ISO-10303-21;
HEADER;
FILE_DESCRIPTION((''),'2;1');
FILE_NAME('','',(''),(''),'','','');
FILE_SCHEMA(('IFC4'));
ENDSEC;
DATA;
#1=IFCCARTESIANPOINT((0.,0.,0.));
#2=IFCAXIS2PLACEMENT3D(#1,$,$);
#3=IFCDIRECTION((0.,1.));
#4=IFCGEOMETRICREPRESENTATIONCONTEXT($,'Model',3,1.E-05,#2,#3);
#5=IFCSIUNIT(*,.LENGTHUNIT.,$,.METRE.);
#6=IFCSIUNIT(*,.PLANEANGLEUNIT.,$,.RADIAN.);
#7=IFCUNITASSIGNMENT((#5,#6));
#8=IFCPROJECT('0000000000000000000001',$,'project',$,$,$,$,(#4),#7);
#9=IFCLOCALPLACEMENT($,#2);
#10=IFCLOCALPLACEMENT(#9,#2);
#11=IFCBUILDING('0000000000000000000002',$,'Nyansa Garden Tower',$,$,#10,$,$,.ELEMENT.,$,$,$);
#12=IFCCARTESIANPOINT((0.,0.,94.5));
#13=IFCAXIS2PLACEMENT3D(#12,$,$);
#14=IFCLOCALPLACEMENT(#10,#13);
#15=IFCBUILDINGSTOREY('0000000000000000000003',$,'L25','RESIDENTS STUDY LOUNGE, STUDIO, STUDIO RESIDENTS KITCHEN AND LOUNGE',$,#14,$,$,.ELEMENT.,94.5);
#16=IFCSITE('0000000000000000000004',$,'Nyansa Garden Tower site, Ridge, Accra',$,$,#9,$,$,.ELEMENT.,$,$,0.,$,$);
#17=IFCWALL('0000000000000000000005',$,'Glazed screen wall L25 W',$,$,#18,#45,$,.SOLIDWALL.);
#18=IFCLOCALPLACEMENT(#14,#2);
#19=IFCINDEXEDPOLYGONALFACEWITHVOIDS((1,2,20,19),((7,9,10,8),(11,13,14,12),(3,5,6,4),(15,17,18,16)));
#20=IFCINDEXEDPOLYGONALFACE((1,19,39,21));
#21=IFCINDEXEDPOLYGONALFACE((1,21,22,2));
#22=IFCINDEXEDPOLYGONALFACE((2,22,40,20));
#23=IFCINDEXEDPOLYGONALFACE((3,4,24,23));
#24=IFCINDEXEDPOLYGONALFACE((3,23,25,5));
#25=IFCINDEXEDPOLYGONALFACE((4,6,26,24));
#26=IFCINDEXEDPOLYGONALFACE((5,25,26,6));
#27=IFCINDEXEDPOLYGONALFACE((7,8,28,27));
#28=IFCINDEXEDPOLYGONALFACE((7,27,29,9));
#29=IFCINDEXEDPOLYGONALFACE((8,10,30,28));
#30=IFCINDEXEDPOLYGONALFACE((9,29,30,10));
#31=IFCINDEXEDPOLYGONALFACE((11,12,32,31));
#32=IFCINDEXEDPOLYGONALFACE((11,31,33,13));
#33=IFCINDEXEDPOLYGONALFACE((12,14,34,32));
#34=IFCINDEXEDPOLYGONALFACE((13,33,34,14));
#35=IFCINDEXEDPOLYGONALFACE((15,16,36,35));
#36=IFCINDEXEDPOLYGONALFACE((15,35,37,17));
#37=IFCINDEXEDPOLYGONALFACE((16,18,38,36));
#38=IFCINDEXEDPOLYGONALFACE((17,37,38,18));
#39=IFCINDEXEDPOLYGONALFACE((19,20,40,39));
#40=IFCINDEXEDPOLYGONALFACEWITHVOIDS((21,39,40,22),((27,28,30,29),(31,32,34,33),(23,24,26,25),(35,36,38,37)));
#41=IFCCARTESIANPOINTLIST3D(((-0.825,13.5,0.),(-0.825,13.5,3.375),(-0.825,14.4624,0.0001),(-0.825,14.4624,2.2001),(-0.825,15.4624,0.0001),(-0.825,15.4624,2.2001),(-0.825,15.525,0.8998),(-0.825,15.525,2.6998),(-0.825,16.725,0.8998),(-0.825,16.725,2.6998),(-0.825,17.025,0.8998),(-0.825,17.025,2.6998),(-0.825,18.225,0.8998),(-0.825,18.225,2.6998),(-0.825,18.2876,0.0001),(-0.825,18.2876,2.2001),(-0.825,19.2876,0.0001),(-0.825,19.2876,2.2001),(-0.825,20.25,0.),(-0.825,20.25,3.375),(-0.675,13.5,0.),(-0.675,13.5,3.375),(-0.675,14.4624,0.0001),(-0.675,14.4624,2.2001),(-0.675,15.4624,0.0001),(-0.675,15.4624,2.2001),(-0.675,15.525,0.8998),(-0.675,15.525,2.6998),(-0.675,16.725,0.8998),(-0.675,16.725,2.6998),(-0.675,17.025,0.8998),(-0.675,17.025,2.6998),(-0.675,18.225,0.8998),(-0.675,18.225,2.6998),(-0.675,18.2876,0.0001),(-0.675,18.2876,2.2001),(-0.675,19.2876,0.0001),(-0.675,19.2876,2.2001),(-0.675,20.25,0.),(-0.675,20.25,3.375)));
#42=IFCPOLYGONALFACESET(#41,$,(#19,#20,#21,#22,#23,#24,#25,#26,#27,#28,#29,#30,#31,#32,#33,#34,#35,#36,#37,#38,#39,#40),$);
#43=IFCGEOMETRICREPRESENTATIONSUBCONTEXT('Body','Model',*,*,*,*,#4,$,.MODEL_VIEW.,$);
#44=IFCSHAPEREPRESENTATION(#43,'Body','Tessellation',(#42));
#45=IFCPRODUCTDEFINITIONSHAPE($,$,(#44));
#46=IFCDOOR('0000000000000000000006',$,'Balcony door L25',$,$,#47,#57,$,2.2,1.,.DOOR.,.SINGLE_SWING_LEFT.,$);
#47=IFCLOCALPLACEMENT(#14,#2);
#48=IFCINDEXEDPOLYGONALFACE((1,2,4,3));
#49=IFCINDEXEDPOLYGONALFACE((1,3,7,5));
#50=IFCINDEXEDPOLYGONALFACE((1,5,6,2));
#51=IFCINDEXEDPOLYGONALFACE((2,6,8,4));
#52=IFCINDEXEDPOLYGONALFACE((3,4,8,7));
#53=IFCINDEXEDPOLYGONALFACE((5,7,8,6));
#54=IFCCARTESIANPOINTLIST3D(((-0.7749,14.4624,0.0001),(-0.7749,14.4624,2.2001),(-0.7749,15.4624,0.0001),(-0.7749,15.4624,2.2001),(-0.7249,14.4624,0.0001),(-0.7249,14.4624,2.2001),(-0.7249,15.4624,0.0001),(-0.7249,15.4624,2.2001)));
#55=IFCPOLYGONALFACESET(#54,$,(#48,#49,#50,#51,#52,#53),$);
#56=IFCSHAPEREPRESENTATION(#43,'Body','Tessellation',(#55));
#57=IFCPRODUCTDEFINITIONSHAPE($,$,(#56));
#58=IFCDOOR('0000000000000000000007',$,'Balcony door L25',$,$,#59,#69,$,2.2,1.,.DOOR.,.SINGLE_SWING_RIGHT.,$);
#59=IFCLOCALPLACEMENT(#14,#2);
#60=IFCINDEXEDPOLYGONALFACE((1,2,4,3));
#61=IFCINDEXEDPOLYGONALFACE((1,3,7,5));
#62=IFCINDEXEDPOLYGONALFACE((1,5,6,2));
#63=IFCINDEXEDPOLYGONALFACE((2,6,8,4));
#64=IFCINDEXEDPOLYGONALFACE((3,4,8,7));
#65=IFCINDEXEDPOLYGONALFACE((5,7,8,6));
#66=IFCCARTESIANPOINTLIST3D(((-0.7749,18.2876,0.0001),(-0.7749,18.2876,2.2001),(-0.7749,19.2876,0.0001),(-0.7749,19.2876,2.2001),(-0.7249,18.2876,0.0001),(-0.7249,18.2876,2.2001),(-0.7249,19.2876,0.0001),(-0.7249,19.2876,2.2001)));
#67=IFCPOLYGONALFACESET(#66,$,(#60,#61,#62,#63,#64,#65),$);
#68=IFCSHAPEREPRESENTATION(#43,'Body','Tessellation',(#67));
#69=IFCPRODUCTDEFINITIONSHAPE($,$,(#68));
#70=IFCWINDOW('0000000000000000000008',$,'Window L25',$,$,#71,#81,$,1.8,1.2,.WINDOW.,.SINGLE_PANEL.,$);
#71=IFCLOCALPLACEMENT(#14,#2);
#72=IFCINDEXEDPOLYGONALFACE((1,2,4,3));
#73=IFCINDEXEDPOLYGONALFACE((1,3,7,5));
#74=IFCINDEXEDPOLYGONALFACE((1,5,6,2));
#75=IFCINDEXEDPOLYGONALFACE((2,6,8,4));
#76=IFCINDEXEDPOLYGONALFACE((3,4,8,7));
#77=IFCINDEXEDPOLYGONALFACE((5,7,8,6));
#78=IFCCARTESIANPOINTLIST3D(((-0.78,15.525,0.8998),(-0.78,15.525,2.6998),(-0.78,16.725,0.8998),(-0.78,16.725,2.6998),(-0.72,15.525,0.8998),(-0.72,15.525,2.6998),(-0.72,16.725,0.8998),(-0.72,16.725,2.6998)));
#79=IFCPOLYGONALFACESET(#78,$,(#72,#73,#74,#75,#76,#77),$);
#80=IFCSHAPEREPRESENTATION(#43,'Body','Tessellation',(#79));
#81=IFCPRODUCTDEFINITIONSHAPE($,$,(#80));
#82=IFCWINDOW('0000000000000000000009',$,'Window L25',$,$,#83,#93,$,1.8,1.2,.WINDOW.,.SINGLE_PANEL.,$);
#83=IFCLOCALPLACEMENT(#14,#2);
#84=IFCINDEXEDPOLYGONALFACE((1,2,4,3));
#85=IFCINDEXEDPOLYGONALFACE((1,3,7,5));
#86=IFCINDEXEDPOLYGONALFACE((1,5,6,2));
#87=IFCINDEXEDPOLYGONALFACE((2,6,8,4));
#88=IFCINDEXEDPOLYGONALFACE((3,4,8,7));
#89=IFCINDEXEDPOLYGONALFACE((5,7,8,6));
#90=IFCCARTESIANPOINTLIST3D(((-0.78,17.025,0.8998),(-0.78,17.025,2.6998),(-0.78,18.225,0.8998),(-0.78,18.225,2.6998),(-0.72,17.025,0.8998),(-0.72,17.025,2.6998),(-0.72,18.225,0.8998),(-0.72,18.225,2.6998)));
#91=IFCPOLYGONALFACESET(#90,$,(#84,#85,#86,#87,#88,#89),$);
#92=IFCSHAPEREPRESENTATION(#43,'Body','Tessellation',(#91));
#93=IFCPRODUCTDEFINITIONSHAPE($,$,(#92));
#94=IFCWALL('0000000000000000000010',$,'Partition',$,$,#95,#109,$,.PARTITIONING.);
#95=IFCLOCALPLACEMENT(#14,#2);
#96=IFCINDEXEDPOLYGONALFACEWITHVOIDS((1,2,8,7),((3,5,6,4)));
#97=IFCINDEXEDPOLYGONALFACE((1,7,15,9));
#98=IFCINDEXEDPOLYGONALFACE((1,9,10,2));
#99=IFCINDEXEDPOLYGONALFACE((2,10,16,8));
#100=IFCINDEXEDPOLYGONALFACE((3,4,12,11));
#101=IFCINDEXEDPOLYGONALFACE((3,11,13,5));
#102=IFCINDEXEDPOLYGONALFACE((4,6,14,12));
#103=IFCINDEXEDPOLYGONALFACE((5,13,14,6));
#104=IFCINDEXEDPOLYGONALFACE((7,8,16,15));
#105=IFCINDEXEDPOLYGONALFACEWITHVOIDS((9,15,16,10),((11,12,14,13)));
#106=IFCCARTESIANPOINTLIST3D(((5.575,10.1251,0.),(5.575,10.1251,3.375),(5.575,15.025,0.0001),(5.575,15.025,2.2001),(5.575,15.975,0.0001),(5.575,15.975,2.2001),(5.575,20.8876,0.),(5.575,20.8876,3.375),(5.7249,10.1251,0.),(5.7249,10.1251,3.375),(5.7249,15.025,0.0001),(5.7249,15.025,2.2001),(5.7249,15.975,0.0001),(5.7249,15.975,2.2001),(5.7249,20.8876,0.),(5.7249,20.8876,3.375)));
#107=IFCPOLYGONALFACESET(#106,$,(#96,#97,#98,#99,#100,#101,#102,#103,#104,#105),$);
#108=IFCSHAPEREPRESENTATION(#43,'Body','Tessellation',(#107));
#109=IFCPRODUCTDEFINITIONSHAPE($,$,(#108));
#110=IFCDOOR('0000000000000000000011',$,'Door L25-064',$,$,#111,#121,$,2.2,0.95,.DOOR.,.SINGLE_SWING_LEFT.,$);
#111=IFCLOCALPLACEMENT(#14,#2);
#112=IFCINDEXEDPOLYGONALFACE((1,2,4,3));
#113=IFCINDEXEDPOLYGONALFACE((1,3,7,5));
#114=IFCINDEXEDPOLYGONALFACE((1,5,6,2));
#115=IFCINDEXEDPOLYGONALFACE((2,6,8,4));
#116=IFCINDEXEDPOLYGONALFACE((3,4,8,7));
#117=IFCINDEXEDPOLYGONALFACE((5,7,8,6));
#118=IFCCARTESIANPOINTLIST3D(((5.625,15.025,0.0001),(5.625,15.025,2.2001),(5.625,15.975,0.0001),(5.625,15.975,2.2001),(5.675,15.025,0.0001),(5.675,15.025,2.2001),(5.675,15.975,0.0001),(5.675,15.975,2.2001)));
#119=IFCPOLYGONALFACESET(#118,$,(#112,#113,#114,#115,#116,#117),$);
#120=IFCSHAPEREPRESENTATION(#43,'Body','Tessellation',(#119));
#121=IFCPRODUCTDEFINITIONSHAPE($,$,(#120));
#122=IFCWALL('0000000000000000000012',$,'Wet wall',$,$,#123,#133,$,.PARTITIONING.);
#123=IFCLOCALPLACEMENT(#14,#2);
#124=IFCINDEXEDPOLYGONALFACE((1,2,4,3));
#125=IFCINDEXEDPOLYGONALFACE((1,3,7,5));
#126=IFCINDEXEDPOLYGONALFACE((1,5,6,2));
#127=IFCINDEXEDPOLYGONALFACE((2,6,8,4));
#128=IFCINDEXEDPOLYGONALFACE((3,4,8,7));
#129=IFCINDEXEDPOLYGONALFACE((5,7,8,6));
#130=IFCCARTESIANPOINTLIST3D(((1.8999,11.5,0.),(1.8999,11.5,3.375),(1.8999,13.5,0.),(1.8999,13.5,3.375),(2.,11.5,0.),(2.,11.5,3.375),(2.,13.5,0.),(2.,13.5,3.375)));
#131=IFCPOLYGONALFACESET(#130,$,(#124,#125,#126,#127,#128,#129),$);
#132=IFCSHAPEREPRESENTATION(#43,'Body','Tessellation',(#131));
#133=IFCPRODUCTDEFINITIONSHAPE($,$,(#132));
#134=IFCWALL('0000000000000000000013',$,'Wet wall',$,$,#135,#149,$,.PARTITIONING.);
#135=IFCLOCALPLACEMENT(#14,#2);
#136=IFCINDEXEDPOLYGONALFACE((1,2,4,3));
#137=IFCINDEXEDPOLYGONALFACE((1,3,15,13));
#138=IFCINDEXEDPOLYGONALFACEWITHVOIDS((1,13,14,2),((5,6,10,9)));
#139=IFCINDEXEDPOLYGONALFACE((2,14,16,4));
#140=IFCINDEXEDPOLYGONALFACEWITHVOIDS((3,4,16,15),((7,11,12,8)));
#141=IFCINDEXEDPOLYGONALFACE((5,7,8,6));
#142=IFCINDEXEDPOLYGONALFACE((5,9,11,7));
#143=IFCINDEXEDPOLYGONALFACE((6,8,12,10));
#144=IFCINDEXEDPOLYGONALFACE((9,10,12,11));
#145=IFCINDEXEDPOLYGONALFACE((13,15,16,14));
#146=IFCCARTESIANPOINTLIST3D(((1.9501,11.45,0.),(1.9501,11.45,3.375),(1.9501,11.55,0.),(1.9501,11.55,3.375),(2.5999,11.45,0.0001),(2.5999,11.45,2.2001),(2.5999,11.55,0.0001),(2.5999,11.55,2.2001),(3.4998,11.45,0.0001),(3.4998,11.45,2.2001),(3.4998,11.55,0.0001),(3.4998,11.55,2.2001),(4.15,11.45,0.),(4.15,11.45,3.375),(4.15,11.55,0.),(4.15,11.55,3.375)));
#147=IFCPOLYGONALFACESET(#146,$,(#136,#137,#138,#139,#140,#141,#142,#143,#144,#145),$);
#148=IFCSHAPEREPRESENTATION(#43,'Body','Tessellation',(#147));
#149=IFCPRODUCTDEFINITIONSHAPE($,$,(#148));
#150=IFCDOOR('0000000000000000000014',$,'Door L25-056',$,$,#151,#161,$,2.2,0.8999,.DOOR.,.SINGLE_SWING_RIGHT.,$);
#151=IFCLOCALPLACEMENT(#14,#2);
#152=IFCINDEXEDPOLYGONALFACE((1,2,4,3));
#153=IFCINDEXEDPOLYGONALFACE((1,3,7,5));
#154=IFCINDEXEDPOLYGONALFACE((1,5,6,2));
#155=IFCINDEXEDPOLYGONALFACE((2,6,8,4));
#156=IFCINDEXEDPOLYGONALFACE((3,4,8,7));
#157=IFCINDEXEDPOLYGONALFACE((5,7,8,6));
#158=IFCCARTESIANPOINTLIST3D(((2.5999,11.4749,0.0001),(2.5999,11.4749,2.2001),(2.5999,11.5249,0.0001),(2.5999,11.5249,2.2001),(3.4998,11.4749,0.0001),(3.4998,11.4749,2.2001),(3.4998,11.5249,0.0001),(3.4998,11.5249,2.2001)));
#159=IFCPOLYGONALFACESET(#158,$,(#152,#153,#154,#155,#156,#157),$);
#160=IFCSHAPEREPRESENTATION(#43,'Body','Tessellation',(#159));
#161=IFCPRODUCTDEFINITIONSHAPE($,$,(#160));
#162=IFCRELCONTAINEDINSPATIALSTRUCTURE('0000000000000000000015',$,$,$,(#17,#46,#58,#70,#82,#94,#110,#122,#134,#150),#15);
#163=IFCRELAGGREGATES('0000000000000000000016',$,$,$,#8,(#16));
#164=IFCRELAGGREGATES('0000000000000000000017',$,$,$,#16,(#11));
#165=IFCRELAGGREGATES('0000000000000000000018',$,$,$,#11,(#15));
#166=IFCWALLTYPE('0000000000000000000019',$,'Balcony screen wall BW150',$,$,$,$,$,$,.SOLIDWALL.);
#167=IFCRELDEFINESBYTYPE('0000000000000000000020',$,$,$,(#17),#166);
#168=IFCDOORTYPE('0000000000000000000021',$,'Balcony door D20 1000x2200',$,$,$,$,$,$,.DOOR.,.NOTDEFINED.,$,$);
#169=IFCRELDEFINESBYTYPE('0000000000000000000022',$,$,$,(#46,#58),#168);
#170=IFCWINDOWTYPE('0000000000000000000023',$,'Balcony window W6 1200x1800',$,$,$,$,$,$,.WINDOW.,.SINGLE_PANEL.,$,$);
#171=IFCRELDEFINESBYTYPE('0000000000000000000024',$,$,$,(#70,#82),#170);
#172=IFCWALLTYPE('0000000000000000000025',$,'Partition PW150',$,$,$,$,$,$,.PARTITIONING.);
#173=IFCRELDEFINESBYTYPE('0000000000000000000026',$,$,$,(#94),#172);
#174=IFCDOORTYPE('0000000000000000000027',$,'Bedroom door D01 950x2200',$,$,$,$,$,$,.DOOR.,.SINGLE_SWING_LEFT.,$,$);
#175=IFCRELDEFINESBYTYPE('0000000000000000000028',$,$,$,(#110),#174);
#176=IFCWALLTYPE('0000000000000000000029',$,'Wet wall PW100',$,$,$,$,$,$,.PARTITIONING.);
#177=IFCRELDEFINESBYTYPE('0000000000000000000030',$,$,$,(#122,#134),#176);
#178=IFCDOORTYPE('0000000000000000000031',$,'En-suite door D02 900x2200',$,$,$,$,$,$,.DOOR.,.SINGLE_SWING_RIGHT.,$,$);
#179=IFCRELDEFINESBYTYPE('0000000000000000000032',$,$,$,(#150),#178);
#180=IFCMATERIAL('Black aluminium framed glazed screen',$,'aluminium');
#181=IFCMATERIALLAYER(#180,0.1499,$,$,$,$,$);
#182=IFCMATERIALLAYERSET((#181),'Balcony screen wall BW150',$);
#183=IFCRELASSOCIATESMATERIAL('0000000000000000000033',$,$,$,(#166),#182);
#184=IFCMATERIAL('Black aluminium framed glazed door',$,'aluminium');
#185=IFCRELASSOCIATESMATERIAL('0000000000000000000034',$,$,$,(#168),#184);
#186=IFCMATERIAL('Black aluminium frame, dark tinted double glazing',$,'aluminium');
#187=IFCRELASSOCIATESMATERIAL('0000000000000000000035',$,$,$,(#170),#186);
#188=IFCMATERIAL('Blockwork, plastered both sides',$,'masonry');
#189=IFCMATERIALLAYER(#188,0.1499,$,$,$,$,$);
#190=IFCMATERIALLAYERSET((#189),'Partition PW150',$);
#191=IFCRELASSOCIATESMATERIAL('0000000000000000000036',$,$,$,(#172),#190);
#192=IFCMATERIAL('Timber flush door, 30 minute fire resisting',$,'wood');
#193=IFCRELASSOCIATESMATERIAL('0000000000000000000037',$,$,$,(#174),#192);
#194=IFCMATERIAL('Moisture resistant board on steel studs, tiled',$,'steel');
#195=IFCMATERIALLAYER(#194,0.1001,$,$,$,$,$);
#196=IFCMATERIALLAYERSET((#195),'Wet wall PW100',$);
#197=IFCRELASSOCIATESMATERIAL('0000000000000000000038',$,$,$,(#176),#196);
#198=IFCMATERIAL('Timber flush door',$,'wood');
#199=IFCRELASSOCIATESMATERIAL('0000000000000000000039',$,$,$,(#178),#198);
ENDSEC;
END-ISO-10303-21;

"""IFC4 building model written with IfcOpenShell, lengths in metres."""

from ifc_helpers import new_model, si_unit, direction, frame, frame_2d, origin, place, context, subcontext, project, spatial, rectangle, extrude, material, layer, layer_set, type_object, element, fill, save


model = new_model("IFC4")

# Units and contexts
model_context = context("Model", 3, precision=1e-05, world=origin(), true_north=direction((0.0, 1.0)))
body_context = subcontext(model_context, "Body", "Model", "MODEL_VIEW")
ifc_project = project(units=[si_unit("LENGTHUNIT", "METRE"), si_unit("PLANEANGLEUNIT", "RADIAN")], contexts=[model_context])

# Site, building, storey
site_placement = place(None, origin())
site = spatial("IfcSite", under=ifc_project, at=site_placement, Name="Nyansa Garden Tower site, Ridge, Accra", CompositionType="ELEMENT", RefElevation=0.0)
building_placement = place(site_placement, origin())
building = spatial("IfcBuilding", under=site, at=building_placement, Name="Nyansa Garden Tower", CompositionType="ELEMENT")
storey_placement = place(building_placement, frame((0.0, 0.0, 94.5)))
storey = spatial("IfcBuildingStorey", under=building, at=storey_placement, Name="L25", Description="RESIDENTS STUDY LOUNGE, STUDIO, STUDIO RESIDENTS KITCHEN AND LOUNGE", CompositionType="ELEMENT", Elevation=94.5)

# Wall, openings, doors, windows
ifc_material_1 = material(Name="Black aluminium framed glazed screen", Category="aluminium")
ifc_layer_1 = layer(ifc_material_1, 0.1499)
ifc_layer_set_1 = layer_set([ifc_layer_1], Name="Balcony screen wall BW150")
wall_type_1 = type_object("IfcWallType", Name="Balcony screen wall BW150", PredefinedType="SOLIDWALL", material=ifc_layer_set_1)
wall_1_placement = place(storey_placement, frame((-0.75, 13.5, 0.0), z_axis=(0.0, 0.0, 1.0), x_axis=(0.0, 1.0, 0.0)))
wall_1 = element("IfcWall", 1, at=wall_1_placement, inside=storey, type_object=wall_type_1, Name="Glazed screen wall L25 W", PredefinedType="SOLIDWALL", context=body_context, shape_type="SweptSolid", body=[
    extrude(rectangle(XDim=6.75, YDim=0.1499, at=frame_2d((3.375, 0.0))), origin(), (0.0, 0.0, 1.0), 3.375),
])
opening_1_placement = place(wall_1_placement, frame((0.9624, 0.0, 0.0)))
opening_1 = element("IfcOpeningElement", 2, at=opening_1_placement, cuts=wall_1, PredefinedType="OPENING", context=body_context, shape_type="SweptSolid", body=[
    extrude(rectangle(XDim=1.0, YDim=2.2, at=frame_2d((0.5, 1.1001))), frame((0.0, 0.085, 0.0), z_axis=(0.0, -1.0, 0.0), x_axis=(1.0, 0.0, 0.0)), (0.0, 0.0, 1.0), 0.1699),
])
opening_2_placement = place(wall_1_placement, frame((2.0249, 0.0, 0.8999)))
opening_2 = element("IfcOpeningElement", 3, at=opening_2_placement, cuts=wall_1, PredefinedType="OPENING", context=body_context, shape_type="SweptSolid", body=[
    extrude(rectangle(XDim=1.2, YDim=1.8, at=frame_2d((0.6001, 0.8999))), frame((0.0, 0.085, 0.0), z_axis=(0.0, -1.0, 0.0), x_axis=(1.0, 0.0, 0.0)), (0.0, 0.0, 1.0), 0.1699),
])
opening_3_placement = place(wall_1_placement, frame((4.7876, 0.0, 0.0)))
opening_3 = element("IfcOpeningElement", 4, at=opening_3_placement, cuts=wall_1, PredefinedType="OPENING", context=body_context, shape_type="SweptSolid", body=[
    extrude(rectangle(XDim=1.0, YDim=2.2, at=frame_2d((0.5, 1.1001))), frame((0.0, 0.085, 0.0), z_axis=(0.0, -1.0, 0.0), x_axis=(1.0, 0.0, 0.0)), (0.0, 0.0, 1.0), 0.1699),
])
opening_4_placement = place(wall_1_placement, frame((3.5249, 0.0, 0.8999)))
opening_4 = element("IfcOpeningElement", 5, at=opening_4_placement, cuts=wall_1, PredefinedType="OPENING", context=body_context, shape_type="SweptSolid", body=[
    extrude(rectangle(XDim=1.2, YDim=1.8, at=frame_2d((0.6001, 0.8999))), frame((0.0, 0.085, 0.0), z_axis=(0.0, -1.0, 0.0), x_axis=(1.0, 0.0, 0.0)), (0.0, 0.0, 1.0), 0.1699),
])
ifc_material_2 = material(Name="Black aluminium framed glazed door", Category="aluminium")
door_type_1 = type_object("IfcDoorType", Name="Balcony door D20 1000x2200", OperationType="NOTDEFINED", PredefinedType="DOOR", material=ifc_material_2)
door_1_placement = place(opening_1_placement, origin())
door_1 = element("IfcDoor", 6, at=door_1_placement, inside=storey, type_object=door_type_1, Name="Balcony door L25", OperationType="SINGLE_SWING_LEFT", OverallHeight=2.2, OverallWidth=1.0, PredefinedType="DOOR", context=body_context, shape_type="SweptSolid", body=[
    extrude(rectangle(XDim=1.0, YDim=2.2, at=frame_2d((0.5, 1.1001))), frame((0.0, 0.0249, 0.0), z_axis=(0.0, -1.0, 0.0), x_axis=(1.0, 0.0, 0.0)), (0.0, 0.0, 1.0), 0.05),
])
fill(opening_1, door_1)
door_2_placement = place(opening_3_placement, origin())
door_2 = element("IfcDoor", 7, at=door_2_placement, inside=storey, type_object=door_type_1, Name="Balcony door L25", OperationType="SINGLE_SWING_RIGHT", OverallHeight=2.2, OverallWidth=1.0, PredefinedType="DOOR", context=body_context, shape_type="SweptSolid", body=[
    extrude(rectangle(XDim=1.0, YDim=2.2, at=frame_2d((0.5, 1.1001))), frame((0.0, 0.0249, 0.0), z_axis=(0.0, -1.0, 0.0), x_axis=(1.0, 0.0, 0.0)), (0.0, 0.0, 1.0), 0.05),
])
fill(opening_3, door_2)
ifc_material_3 = material(Name="Black aluminium frame, dark tinted double glazing", Category="aluminium")
window_type = type_object("IfcWindowType", Name="Balcony window W6 1200x1800", PartitioningType="SINGLE_PANEL", PredefinedType="WINDOW", material=ifc_material_3)
window_1_placement = place(opening_2_placement, origin())
window_1 = element("IfcWindow", 8, at=window_1_placement, inside=storey, type_object=window_type, Name="Window L25", OverallHeight=1.8, OverallWidth=1.2, PartitioningType="SINGLE_PANEL", PredefinedType="WINDOW", context=body_context, shape_type="SweptSolid", body=[
    extrude(rectangle(XDim=1.2, YDim=1.8, at=frame_2d((0.6001, 0.8999))), frame((0.0, 0.03, 0.0), z_axis=(0.0, -1.0, 0.0), x_axis=(1.0, 0.0, 0.0)), (0.0, 0.0, 1.0), 0.0601),
])
fill(opening_2, window_1)
window_2_placement = place(opening_4_placement, origin())
window_2 = element("IfcWindow", 9, at=window_2_placement, inside=storey, type_object=window_type, Name="Window L25", OverallHeight=1.8, OverallWidth=1.2, PartitioningType="SINGLE_PANEL", PredefinedType="WINDOW", context=body_context, shape_type="SweptSolid", body=[
    extrude(rectangle(XDim=1.2, YDim=1.8, at=frame_2d((0.6001, 0.8999))), frame((0.0, 0.03, 0.0), z_axis=(0.0, -1.0, 0.0), x_axis=(1.0, 0.0, 0.0)), (0.0, 0.0, 1.0), 0.0601),
])
fill(opening_4, window_2)

# Wall, opening, door
ifc_material_4 = material(Name="Blockwork, plastered both sides", Category="masonry")
ifc_layer_2 = layer(ifc_material_4, 0.1499)
ifc_layer_set_2 = layer_set([ifc_layer_2], Name="Partition PW150")
wall_type_2 = type_object("IfcWallType", Name="Partition PW150", PredefinedType="PARTITIONING", material=ifc_layer_set_2)
wall_2_placement = place(storey_placement, frame((5.6499, 10.125, 0.0), z_axis=(0.0, 0.0, 1.0), x_axis=(0.0, 1.0, 0.0)))
wall_2 = element("IfcWall", 10, at=wall_2_placement, inside=storey, type_object=wall_type_2, Name="Partition", PredefinedType="PARTITIONING", context=body_context, shape_type="SweptSolid", body=[
    extrude(rectangle(XDim=10.7625, YDim=0.1499, at=frame_2d((5.3813, 0.0))), origin(), (0.0, 0.0, 1.0), 3.375),
])
opening_5_placement = place(wall_2_placement, frame((4.8999, 0.0, 0.0)))
opening_5 = element("IfcOpeningElement", 11, at=opening_5_placement, cuts=wall_2, PredefinedType="OPENING", context=body_context, shape_type="SweptSolid", body=[
    extrude(rectangle(XDim=0.95, YDim=2.2, at=frame_2d((0.4751, 1.1001))), frame((0.0, 0.085, 0.0), z_axis=(0.0, -1.0, 0.0), x_axis=(1.0, 0.0, 0.0)), (0.0, 0.0, 1.0), 0.1699),
])
ifc_material_5 = material(Name="Timber flush door, 30 minute fire resisting", Category="wood")
door_type_2 = type_object("IfcDoorType", Name="Bedroom door D01 950x2200", OperationType="SINGLE_SWING_LEFT", PredefinedType="DOOR", material=ifc_material_5)
door_3_placement = place(opening_5_placement, origin())
door_3 = element("IfcDoor", 12, at=door_3_placement, inside=storey, type_object=door_type_2, Name="Door L25-064", OperationType="SINGLE_SWING_LEFT", OverallHeight=2.2, OverallWidth=0.95, PredefinedType="DOOR", context=body_context, shape_type="SweptSolid", body=[
    extrude(rectangle(XDim=0.95, YDim=2.2, at=frame_2d((0.4751, 1.1001))), frame((0.0, 0.0249, 0.0), z_axis=(0.0, -1.0, 0.0), x_axis=(1.0, 0.0, 0.0)), (0.0, 0.0, 1.0), 0.05),
])
fill(opening_5, door_3)

# Wall
ifc_material_6 = material(Name="Moisture resistant board on steel studs, tiled", Category="steel")
ifc_layer_3 = layer(ifc_material_6, 0.1001)
ifc_layer_set_3 = layer_set([ifc_layer_3], Name="Wet wall PW100")
wall_type_3 = type_object("IfcWallType", Name="Wet wall PW100", PredefinedType="PARTITIONING", material=ifc_layer_set_3)
wall_3_placement = place(storey_placement, frame((1.95, 11.5, 0.0), z_axis=(0.0, 0.0, 1.0), x_axis=(0.0, 1.0, 0.0)))
element("IfcWall", 13, at=wall_3_placement, inside=storey, type_object=wall_type_3, Name="Wet wall", PredefinedType="PARTITIONING", context=body_context, shape_type="SweptSolid", body=[
    extrude(rectangle(XDim=2.0, YDim=0.1001, at=frame_2d((1.0, 0.0))), origin(), (0.0, 0.0, 1.0), 3.375),
])

# Wall, opening, door
wall_4_placement = place(storey_placement, frame((1.95, 11.5, 0.0), z_axis=(0.0, 0.0, 1.0), x_axis=(1.0, 0.0, 0.0)))
wall_4 = element("IfcWall", 14, at=wall_4_placement, inside=storey, type_object=wall_type_3, Name="Wet wall", PredefinedType="PARTITIONING", context=body_context, shape_type="SweptSolid", body=[
    extrude(rectangle(XDim=2.2, YDim=0.1001, at=frame_2d((1.1001, 0.0))), origin(), (0.0, 0.0, 1.0), 3.375),
])
opening_6_placement = place(wall_4_placement, frame((0.6499, 0.0, 0.0)))
opening_6 = element("IfcOpeningElement", 15, at=opening_6_placement, cuts=wall_4, PredefinedType="OPENING", context=body_context, shape_type="SweptSolid", body=[
    extrude(rectangle(XDim=0.8999, YDim=2.2, at=frame_2d((0.45, 1.1001))), frame((0.0, 0.0601, 0.0), z_axis=(0.0, -1.0, 0.0), x_axis=(1.0, 0.0, 0.0)), (0.0, 0.0, 1.0), 0.1201),
])
ifc_material_7 = material(Name="Timber flush door", Category="wood")
door_type_3 = type_object("IfcDoorType", Name="En-suite door D02 900x2200", OperationType="SINGLE_SWING_RIGHT", PredefinedType="DOOR", material=ifc_material_7)
door_4_placement = place(opening_6_placement, origin())
door_4 = element("IfcDoor", 16, at=door_4_placement, inside=storey, type_object=door_type_3, Name="Door L25-056", OperationType="SINGLE_SWING_RIGHT", OverallHeight=2.2, OverallWidth=0.8999, PredefinedType="DOOR", context=body_context, shape_type="SweptSolid", body=[
    extrude(rectangle(XDim=0.8999, YDim=2.2, at=frame_2d((0.45, 1.1001))), frame((0.0, 0.0249, 0.0), z_axis=(0.0, -1.0, 0.0), x_axis=(1.0, 0.0, 0.0)), (0.0, 0.0, 1.0), 0.05),
])
fill(opening_6, door_4)

save(model, "model.ifc")
